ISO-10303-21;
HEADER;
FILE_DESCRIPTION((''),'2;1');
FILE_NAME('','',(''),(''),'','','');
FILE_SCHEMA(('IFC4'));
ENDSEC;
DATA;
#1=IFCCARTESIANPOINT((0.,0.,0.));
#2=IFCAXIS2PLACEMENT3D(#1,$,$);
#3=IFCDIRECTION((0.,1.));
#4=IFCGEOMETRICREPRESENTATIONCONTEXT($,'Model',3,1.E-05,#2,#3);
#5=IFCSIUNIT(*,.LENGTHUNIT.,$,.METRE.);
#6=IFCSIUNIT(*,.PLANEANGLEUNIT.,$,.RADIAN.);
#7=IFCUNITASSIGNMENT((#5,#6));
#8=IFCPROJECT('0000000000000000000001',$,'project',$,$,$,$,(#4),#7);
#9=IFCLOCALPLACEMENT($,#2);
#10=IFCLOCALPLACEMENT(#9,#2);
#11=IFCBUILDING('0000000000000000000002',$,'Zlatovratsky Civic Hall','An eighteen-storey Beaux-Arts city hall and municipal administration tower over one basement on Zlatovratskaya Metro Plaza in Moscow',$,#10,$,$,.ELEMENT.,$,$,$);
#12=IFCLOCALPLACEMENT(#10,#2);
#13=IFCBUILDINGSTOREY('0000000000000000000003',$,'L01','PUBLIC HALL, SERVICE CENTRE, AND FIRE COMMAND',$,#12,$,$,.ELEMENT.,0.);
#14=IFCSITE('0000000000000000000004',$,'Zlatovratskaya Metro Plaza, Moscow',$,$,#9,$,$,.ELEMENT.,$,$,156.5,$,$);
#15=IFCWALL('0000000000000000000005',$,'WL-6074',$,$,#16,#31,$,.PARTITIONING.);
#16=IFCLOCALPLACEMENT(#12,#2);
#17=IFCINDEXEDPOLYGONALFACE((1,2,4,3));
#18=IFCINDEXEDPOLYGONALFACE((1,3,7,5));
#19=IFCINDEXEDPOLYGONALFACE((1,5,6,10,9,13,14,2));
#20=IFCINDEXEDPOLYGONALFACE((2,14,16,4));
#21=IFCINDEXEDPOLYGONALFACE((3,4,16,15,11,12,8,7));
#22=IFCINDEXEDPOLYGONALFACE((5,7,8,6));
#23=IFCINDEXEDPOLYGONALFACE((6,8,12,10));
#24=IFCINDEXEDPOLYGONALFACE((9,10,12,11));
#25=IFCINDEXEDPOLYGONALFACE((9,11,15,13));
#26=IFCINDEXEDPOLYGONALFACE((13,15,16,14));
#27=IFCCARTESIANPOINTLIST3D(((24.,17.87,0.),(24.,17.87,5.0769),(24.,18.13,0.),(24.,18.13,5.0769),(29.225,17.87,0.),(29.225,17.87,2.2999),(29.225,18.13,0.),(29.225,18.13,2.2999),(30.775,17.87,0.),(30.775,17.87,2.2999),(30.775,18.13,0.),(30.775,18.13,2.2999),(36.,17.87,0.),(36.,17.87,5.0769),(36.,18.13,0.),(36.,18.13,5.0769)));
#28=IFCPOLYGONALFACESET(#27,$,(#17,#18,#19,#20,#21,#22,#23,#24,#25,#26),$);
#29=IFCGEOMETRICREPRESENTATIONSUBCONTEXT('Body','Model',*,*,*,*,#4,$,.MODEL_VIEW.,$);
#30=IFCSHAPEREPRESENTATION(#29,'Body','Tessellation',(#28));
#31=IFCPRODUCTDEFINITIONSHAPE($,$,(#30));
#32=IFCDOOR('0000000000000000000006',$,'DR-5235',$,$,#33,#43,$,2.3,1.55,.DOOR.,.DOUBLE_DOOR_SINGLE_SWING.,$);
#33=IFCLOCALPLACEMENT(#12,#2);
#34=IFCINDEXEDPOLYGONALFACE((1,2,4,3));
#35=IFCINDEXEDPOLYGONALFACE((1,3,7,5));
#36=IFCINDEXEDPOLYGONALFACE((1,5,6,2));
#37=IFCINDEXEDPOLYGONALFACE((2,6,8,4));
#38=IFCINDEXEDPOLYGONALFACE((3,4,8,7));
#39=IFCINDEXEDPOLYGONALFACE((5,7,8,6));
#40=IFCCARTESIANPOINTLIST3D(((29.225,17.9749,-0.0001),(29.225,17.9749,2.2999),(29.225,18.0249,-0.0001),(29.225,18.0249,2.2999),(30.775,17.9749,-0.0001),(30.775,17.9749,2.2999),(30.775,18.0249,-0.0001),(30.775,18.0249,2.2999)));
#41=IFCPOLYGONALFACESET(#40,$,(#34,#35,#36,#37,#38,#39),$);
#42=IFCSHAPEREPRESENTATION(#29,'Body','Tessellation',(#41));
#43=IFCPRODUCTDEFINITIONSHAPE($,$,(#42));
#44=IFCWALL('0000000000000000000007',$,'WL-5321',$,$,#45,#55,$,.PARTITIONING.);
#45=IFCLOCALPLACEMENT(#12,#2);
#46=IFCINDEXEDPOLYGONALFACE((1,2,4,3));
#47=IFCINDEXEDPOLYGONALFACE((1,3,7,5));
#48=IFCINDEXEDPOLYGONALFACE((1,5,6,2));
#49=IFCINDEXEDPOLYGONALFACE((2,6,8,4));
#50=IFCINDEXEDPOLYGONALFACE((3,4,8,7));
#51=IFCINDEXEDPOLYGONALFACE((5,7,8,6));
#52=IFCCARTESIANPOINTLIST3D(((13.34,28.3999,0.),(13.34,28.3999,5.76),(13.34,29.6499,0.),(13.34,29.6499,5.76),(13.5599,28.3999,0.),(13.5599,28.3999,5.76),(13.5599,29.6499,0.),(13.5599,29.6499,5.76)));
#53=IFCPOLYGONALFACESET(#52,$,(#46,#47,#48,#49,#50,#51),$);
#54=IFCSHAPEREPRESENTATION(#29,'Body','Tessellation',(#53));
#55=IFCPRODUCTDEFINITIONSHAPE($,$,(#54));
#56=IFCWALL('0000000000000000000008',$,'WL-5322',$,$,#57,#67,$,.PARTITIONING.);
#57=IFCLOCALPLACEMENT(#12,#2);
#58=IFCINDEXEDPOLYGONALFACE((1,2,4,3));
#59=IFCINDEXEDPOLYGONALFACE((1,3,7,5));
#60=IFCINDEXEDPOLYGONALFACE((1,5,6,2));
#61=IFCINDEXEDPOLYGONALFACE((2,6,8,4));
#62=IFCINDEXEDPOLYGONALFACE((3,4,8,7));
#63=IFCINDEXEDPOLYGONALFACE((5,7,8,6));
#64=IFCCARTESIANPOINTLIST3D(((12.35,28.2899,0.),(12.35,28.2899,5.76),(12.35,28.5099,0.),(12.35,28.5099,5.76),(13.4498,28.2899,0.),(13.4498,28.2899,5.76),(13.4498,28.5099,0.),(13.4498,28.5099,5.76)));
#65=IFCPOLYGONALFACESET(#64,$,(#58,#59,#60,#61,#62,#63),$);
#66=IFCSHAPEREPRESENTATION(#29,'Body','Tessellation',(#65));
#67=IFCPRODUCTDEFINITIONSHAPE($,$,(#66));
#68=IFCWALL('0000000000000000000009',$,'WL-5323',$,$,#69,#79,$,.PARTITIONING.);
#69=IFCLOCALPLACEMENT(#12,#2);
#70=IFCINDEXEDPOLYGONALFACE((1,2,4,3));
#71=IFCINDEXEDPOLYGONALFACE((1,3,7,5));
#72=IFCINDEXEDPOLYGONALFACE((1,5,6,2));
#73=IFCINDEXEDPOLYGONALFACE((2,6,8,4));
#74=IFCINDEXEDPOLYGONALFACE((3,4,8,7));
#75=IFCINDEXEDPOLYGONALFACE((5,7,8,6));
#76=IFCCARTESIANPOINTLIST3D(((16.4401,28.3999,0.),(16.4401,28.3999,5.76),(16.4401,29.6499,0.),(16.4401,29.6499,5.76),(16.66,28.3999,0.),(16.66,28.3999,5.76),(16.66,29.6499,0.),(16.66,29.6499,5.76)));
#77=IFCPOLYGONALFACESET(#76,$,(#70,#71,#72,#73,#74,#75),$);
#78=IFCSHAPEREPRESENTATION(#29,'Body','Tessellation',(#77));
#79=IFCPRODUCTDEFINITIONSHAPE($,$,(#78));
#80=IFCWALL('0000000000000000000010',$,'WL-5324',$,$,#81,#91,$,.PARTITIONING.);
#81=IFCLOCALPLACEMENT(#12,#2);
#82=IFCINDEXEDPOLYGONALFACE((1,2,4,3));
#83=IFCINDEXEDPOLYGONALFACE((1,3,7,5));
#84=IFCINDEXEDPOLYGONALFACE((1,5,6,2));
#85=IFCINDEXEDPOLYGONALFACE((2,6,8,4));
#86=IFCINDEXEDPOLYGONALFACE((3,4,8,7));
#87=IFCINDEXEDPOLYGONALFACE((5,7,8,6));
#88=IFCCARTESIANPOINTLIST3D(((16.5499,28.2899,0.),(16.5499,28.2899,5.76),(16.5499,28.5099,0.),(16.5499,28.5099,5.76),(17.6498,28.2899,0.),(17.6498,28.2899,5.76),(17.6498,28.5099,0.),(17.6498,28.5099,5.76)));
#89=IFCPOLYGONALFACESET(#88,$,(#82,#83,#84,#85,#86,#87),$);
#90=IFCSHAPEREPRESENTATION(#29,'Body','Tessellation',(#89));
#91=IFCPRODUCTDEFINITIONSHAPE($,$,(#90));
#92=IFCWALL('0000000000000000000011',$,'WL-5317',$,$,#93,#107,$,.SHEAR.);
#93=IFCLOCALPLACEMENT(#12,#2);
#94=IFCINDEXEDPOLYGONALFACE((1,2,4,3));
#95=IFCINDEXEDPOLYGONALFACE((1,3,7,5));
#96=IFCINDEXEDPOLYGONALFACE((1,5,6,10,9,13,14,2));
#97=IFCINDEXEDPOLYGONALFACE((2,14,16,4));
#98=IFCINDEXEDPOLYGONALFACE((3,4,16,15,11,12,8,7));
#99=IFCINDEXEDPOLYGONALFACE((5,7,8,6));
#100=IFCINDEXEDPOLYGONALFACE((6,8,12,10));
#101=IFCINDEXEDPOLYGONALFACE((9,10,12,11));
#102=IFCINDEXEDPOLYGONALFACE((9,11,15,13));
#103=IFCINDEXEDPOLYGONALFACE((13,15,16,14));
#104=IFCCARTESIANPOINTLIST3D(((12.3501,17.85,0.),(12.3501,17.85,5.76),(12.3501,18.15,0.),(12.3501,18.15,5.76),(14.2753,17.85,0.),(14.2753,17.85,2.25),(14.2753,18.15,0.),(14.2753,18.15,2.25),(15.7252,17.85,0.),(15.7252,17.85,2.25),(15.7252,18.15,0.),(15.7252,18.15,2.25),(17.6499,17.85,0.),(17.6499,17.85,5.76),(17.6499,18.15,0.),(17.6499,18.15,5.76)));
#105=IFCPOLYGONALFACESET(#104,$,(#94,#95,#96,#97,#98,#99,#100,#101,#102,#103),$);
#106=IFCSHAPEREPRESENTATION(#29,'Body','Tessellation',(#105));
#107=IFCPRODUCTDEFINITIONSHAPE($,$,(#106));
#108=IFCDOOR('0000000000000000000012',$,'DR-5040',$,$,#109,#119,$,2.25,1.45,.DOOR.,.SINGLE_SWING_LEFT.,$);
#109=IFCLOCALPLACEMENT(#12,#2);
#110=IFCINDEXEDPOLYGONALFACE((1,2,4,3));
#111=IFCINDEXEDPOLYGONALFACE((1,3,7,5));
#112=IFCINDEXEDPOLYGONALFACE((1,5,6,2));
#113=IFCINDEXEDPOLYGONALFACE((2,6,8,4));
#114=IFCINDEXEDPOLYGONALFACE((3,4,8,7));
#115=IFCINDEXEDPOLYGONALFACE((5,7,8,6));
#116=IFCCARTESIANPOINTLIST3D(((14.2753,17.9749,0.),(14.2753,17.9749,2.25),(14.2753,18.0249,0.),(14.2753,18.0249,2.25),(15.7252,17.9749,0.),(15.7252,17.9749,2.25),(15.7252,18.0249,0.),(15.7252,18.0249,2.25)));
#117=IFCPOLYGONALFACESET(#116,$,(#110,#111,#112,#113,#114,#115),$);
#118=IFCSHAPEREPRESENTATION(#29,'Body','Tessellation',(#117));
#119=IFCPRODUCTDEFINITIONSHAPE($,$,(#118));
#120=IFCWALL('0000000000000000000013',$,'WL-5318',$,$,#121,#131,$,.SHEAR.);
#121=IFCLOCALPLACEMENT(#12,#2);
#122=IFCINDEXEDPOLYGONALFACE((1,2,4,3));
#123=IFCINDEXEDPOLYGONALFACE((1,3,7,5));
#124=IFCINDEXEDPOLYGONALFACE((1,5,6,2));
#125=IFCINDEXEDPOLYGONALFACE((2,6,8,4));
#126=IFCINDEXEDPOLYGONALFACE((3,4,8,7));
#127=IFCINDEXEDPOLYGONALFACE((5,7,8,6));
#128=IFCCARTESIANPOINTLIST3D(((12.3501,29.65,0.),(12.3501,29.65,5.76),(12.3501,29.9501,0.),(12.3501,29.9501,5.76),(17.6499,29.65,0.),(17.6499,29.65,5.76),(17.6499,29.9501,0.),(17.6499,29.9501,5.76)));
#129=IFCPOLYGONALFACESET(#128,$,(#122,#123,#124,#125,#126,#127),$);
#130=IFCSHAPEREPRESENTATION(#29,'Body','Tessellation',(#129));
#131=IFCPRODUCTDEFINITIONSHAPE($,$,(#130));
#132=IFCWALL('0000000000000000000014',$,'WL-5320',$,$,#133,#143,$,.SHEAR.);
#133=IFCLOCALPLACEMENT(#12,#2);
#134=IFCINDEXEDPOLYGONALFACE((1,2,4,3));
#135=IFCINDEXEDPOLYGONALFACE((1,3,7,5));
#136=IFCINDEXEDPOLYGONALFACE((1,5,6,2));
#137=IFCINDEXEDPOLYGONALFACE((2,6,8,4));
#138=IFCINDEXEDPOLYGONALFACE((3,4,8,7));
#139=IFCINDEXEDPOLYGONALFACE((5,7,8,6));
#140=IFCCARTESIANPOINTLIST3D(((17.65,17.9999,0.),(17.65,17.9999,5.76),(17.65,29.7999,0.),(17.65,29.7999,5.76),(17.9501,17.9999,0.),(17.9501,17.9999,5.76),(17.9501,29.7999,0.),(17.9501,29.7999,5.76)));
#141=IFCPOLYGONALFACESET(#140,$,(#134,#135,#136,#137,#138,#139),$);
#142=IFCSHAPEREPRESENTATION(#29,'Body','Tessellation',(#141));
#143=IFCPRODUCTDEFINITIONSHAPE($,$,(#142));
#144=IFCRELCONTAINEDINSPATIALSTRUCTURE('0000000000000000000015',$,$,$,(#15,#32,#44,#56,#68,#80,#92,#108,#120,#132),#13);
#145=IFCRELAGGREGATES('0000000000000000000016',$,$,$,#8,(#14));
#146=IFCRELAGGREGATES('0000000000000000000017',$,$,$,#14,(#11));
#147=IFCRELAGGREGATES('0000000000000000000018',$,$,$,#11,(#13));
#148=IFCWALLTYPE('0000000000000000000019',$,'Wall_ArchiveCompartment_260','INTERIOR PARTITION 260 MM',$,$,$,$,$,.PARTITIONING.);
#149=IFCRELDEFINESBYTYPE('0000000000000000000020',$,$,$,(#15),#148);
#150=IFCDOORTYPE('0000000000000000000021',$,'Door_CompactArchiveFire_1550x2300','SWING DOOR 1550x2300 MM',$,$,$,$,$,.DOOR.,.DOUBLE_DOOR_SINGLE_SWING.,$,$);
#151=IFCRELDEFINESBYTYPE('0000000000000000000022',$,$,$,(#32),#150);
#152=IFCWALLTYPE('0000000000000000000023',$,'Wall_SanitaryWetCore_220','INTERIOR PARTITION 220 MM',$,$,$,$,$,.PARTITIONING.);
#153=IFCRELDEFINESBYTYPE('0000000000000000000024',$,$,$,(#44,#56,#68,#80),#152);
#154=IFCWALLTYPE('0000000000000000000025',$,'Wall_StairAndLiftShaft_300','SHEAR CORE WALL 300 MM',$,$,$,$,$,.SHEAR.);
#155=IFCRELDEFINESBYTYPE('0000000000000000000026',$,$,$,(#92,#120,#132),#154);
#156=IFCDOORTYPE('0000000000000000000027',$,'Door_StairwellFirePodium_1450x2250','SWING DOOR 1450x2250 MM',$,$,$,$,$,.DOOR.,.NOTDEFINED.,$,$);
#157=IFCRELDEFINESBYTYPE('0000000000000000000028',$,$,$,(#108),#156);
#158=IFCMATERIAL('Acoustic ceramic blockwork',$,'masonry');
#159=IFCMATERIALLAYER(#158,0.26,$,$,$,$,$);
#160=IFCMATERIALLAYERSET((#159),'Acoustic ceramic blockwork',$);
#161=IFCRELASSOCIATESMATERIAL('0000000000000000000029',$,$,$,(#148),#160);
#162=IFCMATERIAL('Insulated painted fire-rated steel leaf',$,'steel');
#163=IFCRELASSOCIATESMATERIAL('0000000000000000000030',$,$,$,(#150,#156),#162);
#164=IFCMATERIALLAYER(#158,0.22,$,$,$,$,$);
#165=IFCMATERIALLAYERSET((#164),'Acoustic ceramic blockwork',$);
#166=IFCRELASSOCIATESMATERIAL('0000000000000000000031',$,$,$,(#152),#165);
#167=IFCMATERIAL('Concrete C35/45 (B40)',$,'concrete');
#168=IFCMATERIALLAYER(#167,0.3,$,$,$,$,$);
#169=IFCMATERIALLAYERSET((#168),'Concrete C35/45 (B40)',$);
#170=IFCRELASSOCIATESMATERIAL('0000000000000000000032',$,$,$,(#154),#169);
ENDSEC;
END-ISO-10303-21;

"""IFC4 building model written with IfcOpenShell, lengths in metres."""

from ifc_helpers import new_model, si_unit, direction, frame, frame_2d, origin, place, context, subcontext, project, spatial, rectangle, extrude, material, layer, layer_set, type_object, element, fill, save


model = new_model("IFC4")

# Units and contexts
model_context = context("Model", 3, precision=1e-05, world=origin(), true_north=direction((0.0, 1.0)))
body_context = subcontext(model_context, "Body", "Model", "MODEL_VIEW")
ifc_project = project(units=[si_unit("LENGTHUNIT", "METRE"), si_unit("PLANEANGLEUNIT", "RADIAN")], contexts=[model_context])

# Site, building, storey
site_placement = place(None, origin())
site = spatial("IfcSite", under=ifc_project, at=site_placement, Name="Zlatovratskaya Metro Plaza, Moscow", CompositionType="ELEMENT", RefElevation=156.5)
building_placement = place(site_placement, origin())
building = spatial("IfcBuilding", under=site, at=building_placement, Name="Zlatovratsky Civic Hall", Description="An eighteen-storey Beaux-Arts city hall and municipal administration tower over one basement on Zlatovratskaya Metro Plaza in Moscow", CompositionType="ELEMENT")
storey_placement = place(building_placement, origin())
storey = spatial("IfcBuildingStorey", under=building, at=storey_placement, Name="L01", Description="PUBLIC HALL, SERVICE CENTRE, AND FIRE COMMAND", CompositionType="ELEMENT", Elevation=0.0)

# Shared definitions
ifc_material_1 = material(Name="Concrete C35/45 (B40)", Category="concrete")

# Wall, opening, door
ifc_material_2 = material(Name="Acoustic ceramic blockwork", Category="masonry")
ifc_layer_1 = layer(ifc_material_2, 0.26)
ifc_layer_set_1 = layer_set([ifc_layer_1], Name="Acoustic ceramic blockwork")
wall_type_1 = type_object("IfcWallType", Name="Wall_ArchiveCompartment_260", Description="INTERIOR PARTITION 260 MM", PredefinedType="PARTITIONING", material=ifc_layer_set_1)
wall_1_placement = place(storey_placement, frame((24.0, 18.0, 0.0), z_axis=(0.0, 0.0, 1.0), x_axis=(1.0, 0.0, 0.0)))
wall_1 = element("IfcWall", 1, at=wall_1_placement, inside=storey, type_object=wall_type_1, Name="WL-6074", PredefinedType="PARTITIONING", context=body_context, shape_type="SweptSolid", body=[
    extrude(rectangle(XDim=12.0, YDim=0.26, at=frame_2d((6.0, 0.0))), origin(), (0.0, 0.0, 1.0), 5.0769),
])
opening_1_placement = place(wall_1_placement, frame((5.2251, 0.0, 0.0)))
opening_1 = element("IfcOpeningElement", 2, at=opening_1_placement, cuts=wall_1, PredefinedType="OPENING", context=body_context, shape_type="SweptSolid", body=[
    extrude(rectangle(XDim=1.55, YDim=2.3, at=frame_2d((0.7749, 1.1499))), frame((0.0, 0.145, 0.0), z_axis=(0.0, -1.0, 0.0), x_axis=(1.0, 0.0, 0.0)), (0.0, 0.0, 1.0), 0.2898),
])
ifc_material_3 = material(Name="Insulated painted fire-rated steel leaf", Category="steel")
door_type_1 = type_object("IfcDoorType", Name="Door_CompactArchiveFire_1550x2300", Description="SWING DOOR 1550x2300 MM", OperationType="DOUBLE_DOOR_SINGLE_SWING", PredefinedType="DOOR", material=ifc_material_3)
door_1_placement = place(opening_1_placement, origin())
door_1 = element("IfcDoor", 3, at=door_1_placement, inside=storey, type_object=door_type_1, Name="DR-5235", OperationType="DOUBLE_DOOR_SINGLE_SWING", OverallHeight=2.3, OverallWidth=1.55, PredefinedType="DOOR", context=body_context, shape_type="SweptSolid", body=[
    extrude(rectangle(XDim=1.55, YDim=2.3, at=frame_2d((0.7749, 1.1499))), frame((0.0, 0.0249, 0.0), z_axis=(0.0, -1.0, 0.0), x_axis=(1.0, 0.0, 0.0)), (0.0, 0.0, 1.0), 0.05),
])
fill(opening_1, door_1)

# Walls
ifc_layer_2 = layer(ifc_material_2, 0.22)
ifc_layer_set_2 = layer_set([ifc_layer_2], Name="Acoustic ceramic blockwork")
wall_type_2 = type_object("IfcWallType", Name="Wall_SanitaryWetCore_220", Description="INTERIOR PARTITION 220 MM", PredefinedType="PARTITIONING", material=ifc_layer_set_2)
wall_2_placement = place(storey_placement, frame((13.45, 28.3999, 0.0), z_axis=(0.0, 0.0, 1.0), x_axis=(0.0, 1.0, 0.0)))
element("IfcWall", 4, at=wall_2_placement, inside=storey, type_object=wall_type_2, Name="WL-5321", PredefinedType="PARTITIONING", context=body_context, shape_type="SweptSolid", body=[
    extrude(rectangle(XDim=1.25, YDim=0.22, at=frame_2d((0.625, 0.0))), origin(), (0.0, 0.0, 1.0), 5.76),
])
wall_3_placement = place(storey_placement, frame((12.3501, 28.3999, 0.0), z_axis=(0.0, 0.0, 1.0), x_axis=(1.0, 0.0, 0.0)))
element("IfcWall", 5, at=wall_3_placement, inside=storey, type_object=wall_type_2, Name="WL-5322", PredefinedType="PARTITIONING", context=body_context, shape_type="SweptSolid", body=[
    extrude(rectangle(XDim=1.0999, YDim=0.22, at=frame_2d((0.5498, 0.0))), origin(), (0.0, 0.0, 1.0), 5.76),
])
wall_4_placement = place(storey_placement, frame((16.55, 28.3999, 0.0), z_axis=(0.0, 0.0, 1.0), x_axis=(0.0, 1.0, 0.0)))
element("IfcWall", 6, at=wall_4_placement, inside=storey, type_object=wall_type_2, Name="WL-5323", PredefinedType="PARTITIONING", context=body_context, shape_type="SweptSolid", body=[
    extrude(rectangle(XDim=1.25, YDim=0.22, at=frame_2d((0.625, 0.0))), origin(), (0.0, 0.0, 1.0), 5.76),
])
wall_5_placement = place(storey_placement, frame((16.55, 28.3999, 0.0), z_axis=(0.0, 0.0, 1.0), x_axis=(1.0, 0.0, 0.0)))
element("IfcWall", 7, at=wall_5_placement, inside=storey, type_object=wall_type_2, Name="WL-5324", PredefinedType="PARTITIONING", context=body_context, shape_type="SweptSolid", body=[
    extrude(rectangle(XDim=1.0999, YDim=0.22, at=frame_2d((0.5498, 0.0))), origin(), (0.0, 0.0, 1.0), 5.76),
])

# Wall, opening, door
ifc_layer_3 = layer(ifc_material_1, 0.3)
ifc_layer_set_3 = layer_set([ifc_layer_3], Name="Concrete C35/45 (B40)")
wall_type_3 = type_object("IfcWallType", Name="Wall_StairAndLiftShaft_300", Description="SHEAR CORE WALL 300 MM", PredefinedType="SHEAR", material=ifc_layer_set_3)
wall_6_placement = place(storey_placement, frame((12.3501, 18.0, 0.0), z_axis=(0.0, 0.0, 1.0), x_axis=(1.0, 0.0, 0.0)))
wall_6 = element("IfcWall", 8, at=wall_6_placement, inside=storey, type_object=wall_type_3, Name="WL-5317", PredefinedType="SHEAR", context=body_context, shape_type="SweptSolid", body=[
    extrude(rectangle(XDim=5.2998, YDim=0.3, at=frame_2d((2.6499, 0.0))), origin(), (0.0, 0.0, 1.0), 5.76),
])
opening_2_placement = place(wall_6_placement, frame((1.925, 0.0, 0.0)))
opening_2 = element("IfcOpeningElement", 9, at=opening_2_placement, cuts=wall_6, PredefinedType="OPENING", context=body_context, shape_type="SweptSolid", body=[
    extrude(rectangle(XDim=1.45, YDim=2.25, at=frame_2d((0.7251, 1.125))), frame((0.0, 0.165, 0.0), z_axis=(0.0, -1.0, 0.0), x_axis=(1.0, 0.0, 0.0)), (0.0, 0.0, 1.0), 0.3298),
])
door_type_2 = type_object("IfcDoorType", Name="Door_StairwellFirePodium_1450x2250", Description="SWING DOOR 1450x2250 MM", OperationType="NOTDEFINED", PredefinedType="DOOR", material=ifc_material_3)
door_2_placement = place(opening_2_placement, origin())
door_2 = element("IfcDoor", 10, at=door_2_placement, inside=storey, type_object=door_type_2, Name="DR-5040", OperationType="SINGLE_SWING_LEFT", OverallHeight=2.25, OverallWidth=1.45, PredefinedType="DOOR", context=body_context, shape_type="SweptSolid", body=[
    extrude(rectangle(XDim=1.45, YDim=2.25, at=frame_2d((0.7251, 1.125))), frame((0.0, 0.0249, 0.0), z_axis=(0.0, -1.0, 0.0), x_axis=(1.0, 0.0, 0.0)), (0.0, 0.0, 1.0), 0.05),
])
fill(opening_2, door_2)

# Walls
wall_7_placement = place(storey_placement, frame((12.3501, 29.8, 0.0), z_axis=(0.0, 0.0, 1.0), x_axis=(1.0, 0.0, 0.0)))
element("IfcWall", 11, at=wall_7_placement, inside=storey, type_object=wall_type_3, Name="WL-5318", PredefinedType="SHEAR", context=body_context, shape_type="SweptSolid", body=[
    extrude(rectangle(XDim=5.2998, YDim=0.3, at=frame_2d((2.6499, 0.0))), origin(), (0.0, 0.0, 1.0), 5.76),
])
wall_8_placement = place(storey_placement, frame((17.8, 18.0, 0.0), z_axis=(0.0, 0.0, 1.0), x_axis=(0.0, 1.0, 0.0)))
element("IfcWall", 12, at=wall_8_placement, inside=storey, type_object=wall_type_3, Name="WL-5320", PredefinedType="SHEAR", context=body_context, shape_type="SweptSolid", body=[
    extrude(rectangle(XDim=11.8, YDim=0.3, at=frame_2d((5.8999, 0.0))), origin(), (0.0, 0.0, 1.0), 5.76),
])

save(model, "model.ifc")
